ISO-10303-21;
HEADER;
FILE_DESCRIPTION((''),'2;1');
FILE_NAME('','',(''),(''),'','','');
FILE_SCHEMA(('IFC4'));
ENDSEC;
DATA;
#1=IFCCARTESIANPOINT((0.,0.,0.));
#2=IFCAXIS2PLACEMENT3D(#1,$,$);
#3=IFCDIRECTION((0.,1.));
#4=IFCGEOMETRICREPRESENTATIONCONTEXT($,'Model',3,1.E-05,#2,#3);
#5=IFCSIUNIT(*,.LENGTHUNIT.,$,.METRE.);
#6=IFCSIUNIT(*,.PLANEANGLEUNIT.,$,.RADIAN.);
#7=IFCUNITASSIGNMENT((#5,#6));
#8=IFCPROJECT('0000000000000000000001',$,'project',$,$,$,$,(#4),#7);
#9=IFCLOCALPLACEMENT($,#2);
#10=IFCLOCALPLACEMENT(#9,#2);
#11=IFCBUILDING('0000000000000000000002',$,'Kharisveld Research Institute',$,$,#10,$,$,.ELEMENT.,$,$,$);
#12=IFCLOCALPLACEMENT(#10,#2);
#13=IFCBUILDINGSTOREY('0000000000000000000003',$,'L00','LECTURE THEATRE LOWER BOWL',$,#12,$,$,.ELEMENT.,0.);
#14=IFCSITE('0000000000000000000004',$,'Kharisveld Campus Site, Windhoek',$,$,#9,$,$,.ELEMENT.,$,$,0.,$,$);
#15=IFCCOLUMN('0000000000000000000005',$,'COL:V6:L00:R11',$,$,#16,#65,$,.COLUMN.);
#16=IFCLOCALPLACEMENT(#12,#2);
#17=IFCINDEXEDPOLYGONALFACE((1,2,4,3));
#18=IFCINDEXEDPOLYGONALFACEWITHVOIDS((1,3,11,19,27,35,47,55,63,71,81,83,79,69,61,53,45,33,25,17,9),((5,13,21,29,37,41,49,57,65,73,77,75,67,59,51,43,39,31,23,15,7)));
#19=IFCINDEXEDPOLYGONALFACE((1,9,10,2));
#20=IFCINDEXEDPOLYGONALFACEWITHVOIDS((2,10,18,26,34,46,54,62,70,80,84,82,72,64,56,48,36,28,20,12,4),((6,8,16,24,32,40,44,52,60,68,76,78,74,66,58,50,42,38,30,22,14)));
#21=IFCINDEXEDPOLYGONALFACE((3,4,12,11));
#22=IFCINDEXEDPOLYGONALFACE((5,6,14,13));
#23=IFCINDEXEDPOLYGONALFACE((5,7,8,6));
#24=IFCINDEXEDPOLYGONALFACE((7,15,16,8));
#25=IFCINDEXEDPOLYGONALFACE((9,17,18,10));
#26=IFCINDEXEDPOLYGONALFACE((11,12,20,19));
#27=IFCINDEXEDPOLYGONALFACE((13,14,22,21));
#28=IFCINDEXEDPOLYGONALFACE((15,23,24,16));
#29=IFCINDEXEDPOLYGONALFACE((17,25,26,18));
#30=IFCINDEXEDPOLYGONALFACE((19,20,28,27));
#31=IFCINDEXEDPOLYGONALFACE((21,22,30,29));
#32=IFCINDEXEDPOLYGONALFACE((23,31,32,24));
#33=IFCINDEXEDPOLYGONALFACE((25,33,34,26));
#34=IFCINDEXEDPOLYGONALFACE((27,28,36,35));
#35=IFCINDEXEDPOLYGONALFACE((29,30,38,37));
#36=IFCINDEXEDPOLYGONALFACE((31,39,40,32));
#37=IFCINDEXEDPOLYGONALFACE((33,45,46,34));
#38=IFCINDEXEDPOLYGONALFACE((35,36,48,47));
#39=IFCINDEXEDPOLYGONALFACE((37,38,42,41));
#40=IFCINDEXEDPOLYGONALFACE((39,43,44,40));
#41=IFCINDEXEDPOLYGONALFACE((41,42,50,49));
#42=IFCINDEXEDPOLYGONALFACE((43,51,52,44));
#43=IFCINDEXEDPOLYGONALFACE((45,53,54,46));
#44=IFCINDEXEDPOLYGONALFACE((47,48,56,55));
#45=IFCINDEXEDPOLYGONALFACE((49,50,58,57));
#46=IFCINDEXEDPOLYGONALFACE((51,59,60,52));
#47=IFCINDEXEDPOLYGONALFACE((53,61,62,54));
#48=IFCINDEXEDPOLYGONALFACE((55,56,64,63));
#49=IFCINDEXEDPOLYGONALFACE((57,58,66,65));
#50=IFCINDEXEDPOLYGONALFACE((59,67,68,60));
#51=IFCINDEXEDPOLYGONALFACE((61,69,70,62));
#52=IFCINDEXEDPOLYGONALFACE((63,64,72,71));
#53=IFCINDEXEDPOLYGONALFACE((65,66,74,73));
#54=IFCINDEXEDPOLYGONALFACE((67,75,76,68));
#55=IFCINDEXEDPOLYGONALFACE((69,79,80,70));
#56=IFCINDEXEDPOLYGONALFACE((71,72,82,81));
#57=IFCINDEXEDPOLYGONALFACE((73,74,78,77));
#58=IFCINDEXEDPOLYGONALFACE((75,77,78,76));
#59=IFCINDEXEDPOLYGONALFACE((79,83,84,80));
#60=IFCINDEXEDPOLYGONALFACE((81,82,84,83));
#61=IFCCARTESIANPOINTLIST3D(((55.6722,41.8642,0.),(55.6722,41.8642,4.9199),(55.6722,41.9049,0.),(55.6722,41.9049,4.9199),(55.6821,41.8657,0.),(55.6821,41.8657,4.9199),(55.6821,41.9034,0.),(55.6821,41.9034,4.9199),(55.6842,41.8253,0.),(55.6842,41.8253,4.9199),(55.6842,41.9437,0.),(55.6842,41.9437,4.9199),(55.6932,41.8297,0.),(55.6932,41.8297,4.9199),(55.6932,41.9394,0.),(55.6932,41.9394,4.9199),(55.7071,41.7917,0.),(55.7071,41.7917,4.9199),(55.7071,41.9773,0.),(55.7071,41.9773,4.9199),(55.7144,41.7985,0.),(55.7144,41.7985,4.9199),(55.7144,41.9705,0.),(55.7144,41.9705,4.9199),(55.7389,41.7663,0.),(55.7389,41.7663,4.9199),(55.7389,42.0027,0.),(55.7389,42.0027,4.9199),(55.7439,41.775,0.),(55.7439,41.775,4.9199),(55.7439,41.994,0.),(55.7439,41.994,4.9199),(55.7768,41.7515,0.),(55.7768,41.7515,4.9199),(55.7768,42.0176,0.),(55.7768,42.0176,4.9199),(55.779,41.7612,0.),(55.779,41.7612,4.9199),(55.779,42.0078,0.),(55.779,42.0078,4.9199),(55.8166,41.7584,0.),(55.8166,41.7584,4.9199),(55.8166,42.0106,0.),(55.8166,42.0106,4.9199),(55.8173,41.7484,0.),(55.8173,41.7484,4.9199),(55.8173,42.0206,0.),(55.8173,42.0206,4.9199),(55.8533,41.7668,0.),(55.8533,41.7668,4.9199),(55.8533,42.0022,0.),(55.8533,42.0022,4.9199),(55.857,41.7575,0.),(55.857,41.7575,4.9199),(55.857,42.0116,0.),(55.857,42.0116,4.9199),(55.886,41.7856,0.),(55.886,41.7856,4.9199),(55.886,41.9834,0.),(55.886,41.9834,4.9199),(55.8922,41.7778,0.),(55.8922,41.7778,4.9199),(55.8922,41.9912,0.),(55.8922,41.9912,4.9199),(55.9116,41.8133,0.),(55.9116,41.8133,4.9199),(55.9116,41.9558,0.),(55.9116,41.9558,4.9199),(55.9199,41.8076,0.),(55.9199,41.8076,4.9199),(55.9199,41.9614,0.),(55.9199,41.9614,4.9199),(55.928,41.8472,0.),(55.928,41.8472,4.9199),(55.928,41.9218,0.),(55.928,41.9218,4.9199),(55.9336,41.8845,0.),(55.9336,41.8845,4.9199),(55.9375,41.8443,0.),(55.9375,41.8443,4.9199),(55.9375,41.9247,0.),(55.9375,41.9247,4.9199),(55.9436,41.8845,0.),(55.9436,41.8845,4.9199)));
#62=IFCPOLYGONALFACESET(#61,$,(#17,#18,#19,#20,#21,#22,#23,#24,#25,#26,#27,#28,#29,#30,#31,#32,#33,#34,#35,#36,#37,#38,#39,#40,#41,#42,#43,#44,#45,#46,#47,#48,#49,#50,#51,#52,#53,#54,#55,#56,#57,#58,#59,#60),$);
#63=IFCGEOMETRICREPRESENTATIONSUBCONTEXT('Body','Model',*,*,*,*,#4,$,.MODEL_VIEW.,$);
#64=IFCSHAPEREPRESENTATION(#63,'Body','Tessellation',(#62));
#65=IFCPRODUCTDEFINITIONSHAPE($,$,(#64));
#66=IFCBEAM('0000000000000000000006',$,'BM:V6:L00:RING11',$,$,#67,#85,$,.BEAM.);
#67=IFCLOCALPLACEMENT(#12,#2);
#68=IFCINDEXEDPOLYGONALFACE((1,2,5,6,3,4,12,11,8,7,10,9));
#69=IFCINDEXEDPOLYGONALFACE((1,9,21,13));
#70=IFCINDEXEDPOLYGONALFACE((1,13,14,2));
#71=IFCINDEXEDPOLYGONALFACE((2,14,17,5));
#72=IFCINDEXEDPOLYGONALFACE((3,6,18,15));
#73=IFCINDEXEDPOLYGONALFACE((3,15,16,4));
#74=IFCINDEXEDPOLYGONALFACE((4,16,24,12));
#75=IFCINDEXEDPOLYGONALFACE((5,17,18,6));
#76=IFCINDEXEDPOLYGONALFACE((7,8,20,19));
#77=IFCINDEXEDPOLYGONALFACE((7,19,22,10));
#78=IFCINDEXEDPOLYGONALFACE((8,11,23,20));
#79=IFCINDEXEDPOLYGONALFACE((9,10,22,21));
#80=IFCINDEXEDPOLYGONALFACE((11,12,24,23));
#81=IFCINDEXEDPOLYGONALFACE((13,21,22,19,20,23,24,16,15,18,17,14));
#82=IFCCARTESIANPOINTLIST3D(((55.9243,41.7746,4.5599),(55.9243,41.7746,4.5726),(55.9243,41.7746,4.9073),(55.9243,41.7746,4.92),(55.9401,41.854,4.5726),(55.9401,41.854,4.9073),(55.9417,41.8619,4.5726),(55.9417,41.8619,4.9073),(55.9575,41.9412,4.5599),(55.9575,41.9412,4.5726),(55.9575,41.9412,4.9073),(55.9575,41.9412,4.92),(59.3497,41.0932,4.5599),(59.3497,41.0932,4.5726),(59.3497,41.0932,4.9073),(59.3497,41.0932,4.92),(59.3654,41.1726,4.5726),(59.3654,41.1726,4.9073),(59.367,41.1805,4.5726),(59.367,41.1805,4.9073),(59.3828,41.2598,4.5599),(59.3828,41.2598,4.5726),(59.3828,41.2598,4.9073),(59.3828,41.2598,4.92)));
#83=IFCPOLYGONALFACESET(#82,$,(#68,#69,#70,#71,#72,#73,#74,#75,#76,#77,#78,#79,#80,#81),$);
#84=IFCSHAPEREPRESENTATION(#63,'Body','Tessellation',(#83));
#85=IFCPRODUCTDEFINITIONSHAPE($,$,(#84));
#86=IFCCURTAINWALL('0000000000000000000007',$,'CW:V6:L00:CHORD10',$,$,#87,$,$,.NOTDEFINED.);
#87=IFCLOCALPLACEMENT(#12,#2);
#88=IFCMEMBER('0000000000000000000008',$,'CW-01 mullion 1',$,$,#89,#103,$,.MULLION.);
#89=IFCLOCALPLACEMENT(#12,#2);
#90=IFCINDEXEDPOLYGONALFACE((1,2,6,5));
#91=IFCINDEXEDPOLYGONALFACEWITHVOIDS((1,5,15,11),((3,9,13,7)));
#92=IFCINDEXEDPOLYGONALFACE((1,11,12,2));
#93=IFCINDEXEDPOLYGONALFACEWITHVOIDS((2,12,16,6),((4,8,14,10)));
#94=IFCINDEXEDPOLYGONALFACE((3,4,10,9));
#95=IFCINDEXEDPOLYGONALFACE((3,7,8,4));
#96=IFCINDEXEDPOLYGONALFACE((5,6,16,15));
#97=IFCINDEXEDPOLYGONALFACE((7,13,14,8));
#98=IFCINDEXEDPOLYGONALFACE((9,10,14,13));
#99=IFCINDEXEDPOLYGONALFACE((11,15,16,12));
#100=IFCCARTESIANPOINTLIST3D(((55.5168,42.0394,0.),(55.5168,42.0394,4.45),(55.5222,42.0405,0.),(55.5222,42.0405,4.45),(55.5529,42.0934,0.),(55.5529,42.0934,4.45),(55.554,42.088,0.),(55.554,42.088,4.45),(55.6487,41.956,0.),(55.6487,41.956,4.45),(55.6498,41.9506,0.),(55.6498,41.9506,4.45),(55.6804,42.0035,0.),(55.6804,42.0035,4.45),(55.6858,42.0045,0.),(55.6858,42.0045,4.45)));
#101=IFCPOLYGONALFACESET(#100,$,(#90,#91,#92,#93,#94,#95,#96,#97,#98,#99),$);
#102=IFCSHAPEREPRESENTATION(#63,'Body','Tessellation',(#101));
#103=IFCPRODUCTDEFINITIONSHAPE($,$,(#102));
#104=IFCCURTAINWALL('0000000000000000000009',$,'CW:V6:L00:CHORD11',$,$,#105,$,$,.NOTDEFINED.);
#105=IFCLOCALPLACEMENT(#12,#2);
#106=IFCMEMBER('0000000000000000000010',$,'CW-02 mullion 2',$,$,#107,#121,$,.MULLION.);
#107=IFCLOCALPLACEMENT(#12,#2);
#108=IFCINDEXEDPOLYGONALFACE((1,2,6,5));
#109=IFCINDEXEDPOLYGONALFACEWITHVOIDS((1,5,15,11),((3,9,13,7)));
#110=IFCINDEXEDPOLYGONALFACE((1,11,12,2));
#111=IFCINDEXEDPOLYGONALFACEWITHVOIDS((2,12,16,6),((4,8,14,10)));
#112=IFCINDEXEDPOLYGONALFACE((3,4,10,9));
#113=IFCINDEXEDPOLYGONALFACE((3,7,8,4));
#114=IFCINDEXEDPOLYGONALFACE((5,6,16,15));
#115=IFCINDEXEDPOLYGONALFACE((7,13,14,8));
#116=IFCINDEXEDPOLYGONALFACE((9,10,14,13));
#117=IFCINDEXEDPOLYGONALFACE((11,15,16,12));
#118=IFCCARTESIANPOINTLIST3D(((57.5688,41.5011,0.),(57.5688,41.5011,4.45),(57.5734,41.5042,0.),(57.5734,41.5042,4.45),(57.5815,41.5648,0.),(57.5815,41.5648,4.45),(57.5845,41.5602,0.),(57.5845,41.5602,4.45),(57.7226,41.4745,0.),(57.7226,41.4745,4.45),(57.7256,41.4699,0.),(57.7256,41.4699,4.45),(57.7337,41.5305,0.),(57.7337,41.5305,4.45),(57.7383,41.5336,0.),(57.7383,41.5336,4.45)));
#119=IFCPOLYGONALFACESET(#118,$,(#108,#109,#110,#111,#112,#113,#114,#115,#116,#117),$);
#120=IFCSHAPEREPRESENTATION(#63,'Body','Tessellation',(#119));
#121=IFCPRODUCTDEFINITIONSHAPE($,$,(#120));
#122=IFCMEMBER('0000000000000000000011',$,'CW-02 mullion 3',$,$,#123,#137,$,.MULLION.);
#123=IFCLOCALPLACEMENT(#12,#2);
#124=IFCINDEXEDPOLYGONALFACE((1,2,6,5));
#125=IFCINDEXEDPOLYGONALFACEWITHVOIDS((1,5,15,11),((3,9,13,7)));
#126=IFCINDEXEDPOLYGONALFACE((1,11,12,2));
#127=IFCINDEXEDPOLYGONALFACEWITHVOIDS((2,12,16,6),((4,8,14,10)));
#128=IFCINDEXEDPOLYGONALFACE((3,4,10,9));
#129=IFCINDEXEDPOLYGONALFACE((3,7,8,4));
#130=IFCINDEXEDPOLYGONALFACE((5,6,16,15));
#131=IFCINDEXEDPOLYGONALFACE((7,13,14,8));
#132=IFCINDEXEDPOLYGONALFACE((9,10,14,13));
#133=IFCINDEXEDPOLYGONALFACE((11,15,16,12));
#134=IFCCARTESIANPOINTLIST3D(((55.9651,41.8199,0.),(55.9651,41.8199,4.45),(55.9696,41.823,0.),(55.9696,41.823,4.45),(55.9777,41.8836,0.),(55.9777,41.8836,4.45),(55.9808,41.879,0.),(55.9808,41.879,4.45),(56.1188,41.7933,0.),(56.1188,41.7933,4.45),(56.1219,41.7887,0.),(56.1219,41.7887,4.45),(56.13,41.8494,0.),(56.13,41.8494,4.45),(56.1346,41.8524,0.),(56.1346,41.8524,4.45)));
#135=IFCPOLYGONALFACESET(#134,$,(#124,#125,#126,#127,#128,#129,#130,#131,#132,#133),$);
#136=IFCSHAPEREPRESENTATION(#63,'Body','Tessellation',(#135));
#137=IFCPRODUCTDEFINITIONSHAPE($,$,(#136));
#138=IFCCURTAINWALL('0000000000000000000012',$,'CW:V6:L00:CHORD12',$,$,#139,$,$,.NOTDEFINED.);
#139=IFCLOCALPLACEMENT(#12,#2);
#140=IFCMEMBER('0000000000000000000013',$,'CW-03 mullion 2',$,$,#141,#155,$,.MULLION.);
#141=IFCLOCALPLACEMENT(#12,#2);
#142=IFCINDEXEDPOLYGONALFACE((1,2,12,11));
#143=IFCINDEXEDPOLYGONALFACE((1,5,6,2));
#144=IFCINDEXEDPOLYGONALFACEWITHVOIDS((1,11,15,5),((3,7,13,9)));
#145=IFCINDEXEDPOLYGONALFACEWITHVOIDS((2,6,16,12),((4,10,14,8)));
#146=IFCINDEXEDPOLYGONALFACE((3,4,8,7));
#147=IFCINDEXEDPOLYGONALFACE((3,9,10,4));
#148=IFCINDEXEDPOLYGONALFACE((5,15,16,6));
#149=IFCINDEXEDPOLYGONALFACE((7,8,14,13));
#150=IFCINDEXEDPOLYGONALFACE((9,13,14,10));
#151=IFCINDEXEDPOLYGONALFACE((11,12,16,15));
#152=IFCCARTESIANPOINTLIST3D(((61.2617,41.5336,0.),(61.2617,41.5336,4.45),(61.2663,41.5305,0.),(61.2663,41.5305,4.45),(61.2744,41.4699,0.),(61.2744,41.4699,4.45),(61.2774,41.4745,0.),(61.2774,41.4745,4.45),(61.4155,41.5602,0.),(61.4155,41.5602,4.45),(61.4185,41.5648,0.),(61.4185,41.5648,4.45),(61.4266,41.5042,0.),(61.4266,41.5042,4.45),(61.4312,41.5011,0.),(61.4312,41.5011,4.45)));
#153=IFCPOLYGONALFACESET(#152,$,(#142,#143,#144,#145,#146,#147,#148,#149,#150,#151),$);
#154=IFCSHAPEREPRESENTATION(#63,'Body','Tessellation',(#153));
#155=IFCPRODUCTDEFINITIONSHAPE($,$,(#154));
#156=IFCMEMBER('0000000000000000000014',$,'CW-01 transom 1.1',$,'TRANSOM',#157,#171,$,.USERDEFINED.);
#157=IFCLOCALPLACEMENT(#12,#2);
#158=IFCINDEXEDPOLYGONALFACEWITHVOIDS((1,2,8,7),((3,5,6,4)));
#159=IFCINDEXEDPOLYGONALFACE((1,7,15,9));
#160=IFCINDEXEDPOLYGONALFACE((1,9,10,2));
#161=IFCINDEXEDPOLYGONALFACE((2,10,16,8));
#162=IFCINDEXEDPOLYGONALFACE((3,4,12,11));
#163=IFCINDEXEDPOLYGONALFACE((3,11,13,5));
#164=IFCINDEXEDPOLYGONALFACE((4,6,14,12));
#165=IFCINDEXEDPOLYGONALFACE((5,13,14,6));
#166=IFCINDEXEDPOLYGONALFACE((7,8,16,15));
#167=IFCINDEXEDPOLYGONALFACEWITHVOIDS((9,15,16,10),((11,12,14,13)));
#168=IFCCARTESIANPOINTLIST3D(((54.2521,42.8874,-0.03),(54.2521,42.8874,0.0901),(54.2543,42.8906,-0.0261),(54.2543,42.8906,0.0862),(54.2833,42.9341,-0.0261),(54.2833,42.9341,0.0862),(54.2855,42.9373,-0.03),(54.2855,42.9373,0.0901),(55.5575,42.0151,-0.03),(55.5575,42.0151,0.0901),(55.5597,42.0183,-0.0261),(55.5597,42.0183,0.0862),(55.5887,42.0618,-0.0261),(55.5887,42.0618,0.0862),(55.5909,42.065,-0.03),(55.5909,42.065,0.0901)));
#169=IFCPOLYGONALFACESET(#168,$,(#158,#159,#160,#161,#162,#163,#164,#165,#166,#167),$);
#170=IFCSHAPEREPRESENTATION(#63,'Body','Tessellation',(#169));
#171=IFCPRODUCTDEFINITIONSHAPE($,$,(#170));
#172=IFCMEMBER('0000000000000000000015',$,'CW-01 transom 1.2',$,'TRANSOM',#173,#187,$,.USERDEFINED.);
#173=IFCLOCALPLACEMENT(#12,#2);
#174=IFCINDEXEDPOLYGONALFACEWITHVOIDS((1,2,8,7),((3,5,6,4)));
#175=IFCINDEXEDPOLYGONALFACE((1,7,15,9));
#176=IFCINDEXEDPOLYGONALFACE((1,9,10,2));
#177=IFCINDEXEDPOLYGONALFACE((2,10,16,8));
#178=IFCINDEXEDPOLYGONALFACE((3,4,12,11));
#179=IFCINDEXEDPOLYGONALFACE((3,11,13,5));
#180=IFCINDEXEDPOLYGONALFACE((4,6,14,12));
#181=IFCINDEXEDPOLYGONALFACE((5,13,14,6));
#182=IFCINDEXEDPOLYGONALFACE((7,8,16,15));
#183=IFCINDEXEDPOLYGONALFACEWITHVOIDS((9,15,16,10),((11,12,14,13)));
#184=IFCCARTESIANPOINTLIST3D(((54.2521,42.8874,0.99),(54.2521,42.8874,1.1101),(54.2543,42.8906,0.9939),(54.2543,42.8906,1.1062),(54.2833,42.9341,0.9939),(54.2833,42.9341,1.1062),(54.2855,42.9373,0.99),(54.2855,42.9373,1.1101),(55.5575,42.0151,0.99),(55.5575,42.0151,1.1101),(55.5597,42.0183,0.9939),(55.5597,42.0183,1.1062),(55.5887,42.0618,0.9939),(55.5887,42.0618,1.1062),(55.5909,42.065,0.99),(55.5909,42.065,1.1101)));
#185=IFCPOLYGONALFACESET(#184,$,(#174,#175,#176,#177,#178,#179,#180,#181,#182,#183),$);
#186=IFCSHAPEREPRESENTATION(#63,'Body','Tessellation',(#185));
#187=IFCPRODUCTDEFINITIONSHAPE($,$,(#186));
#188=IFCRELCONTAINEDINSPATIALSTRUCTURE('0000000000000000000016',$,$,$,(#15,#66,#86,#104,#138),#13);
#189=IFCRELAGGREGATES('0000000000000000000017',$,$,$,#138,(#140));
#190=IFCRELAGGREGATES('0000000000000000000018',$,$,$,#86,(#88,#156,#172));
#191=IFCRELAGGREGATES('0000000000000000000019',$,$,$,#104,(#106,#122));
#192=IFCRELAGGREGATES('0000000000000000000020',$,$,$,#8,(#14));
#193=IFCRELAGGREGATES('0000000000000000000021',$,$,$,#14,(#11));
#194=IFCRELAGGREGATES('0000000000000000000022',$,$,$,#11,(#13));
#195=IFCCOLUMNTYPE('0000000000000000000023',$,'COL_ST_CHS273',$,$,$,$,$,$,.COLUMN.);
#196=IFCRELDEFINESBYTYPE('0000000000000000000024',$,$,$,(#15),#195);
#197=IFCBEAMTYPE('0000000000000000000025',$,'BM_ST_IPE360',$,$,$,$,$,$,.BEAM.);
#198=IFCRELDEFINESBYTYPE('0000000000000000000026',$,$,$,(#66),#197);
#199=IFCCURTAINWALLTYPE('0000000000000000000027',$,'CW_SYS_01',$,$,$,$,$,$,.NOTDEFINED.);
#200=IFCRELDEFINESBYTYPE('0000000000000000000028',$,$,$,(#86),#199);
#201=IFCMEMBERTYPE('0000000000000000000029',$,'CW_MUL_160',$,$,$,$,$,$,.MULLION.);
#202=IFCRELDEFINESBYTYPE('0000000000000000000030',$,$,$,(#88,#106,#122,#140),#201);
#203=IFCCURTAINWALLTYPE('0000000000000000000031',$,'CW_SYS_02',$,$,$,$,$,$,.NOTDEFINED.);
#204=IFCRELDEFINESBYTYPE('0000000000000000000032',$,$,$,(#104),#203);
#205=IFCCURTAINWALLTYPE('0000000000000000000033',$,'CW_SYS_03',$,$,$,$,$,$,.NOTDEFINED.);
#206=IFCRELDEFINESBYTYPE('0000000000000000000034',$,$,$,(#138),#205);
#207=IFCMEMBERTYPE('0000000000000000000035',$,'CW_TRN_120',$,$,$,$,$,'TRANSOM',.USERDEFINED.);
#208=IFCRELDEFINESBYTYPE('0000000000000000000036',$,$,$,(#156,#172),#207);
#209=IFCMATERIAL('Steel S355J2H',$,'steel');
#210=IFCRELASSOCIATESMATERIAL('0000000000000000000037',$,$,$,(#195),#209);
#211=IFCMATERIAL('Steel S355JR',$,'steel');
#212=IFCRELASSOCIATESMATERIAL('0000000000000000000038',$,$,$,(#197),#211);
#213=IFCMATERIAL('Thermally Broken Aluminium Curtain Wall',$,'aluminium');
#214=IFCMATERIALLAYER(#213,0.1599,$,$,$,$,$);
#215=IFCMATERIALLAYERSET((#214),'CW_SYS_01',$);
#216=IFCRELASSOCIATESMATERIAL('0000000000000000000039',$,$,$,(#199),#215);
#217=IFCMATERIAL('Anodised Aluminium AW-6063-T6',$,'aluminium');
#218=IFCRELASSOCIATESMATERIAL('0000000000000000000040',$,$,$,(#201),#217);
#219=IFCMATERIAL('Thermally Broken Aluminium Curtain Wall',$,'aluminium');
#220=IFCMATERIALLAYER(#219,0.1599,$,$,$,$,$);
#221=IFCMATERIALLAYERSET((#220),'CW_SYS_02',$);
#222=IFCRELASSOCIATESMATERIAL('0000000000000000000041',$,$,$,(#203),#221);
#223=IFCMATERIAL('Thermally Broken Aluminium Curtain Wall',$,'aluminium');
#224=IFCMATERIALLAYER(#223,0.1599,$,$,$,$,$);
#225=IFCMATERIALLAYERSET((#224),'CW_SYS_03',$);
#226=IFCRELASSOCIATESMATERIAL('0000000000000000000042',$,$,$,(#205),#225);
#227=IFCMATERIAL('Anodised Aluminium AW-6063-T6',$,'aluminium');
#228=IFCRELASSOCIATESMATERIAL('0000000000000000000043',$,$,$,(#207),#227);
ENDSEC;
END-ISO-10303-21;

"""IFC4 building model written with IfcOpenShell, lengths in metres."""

from ifc_helpers import new_model, si_unit, direction, frame, origin, origin_2d, place, context, subcontext, project, spatial, hollow_rectangle, hollow_circle, i_section, extrude, material, layer, layer_set, material_profile, profile_set, type_object, element, aggregate, save


model = new_model("IFC4")

# Units and contexts
model_context = context("Model", 3, precision=1e-05, world=origin(), true_north=direction((0.0, 1.0)))
body_context = subcontext(model_context, "Body", "Model", "MODEL_VIEW")
ifc_project = project(units=[si_unit("LENGTHUNIT", "METRE"), si_unit("PLANEANGLEUNIT", "RADIAN")], contexts=[model_context])

# Site, building, storey
site_placement = place(None, origin())
site = spatial("IfcSite", under=ifc_project, at=site_placement, Name="Kharisveld Campus Site, Windhoek", CompositionType="ELEMENT", RefElevation=0.0)
building_placement = place(site_placement, origin())
building = spatial("IfcBuilding", under=site, at=building_placement, Name="Kharisveld Research Institute", CompositionType="ELEMENT")
storey_placement = place(building_placement, origin())
storey = spatial("IfcBuildingStorey", under=building, at=storey_placement, Name="L00", Description="LECTURE THEATRE LOWER BOWL", CompositionType="ELEMENT", Elevation=0.0)

# Column
ifc_material_1 = material(Name="Steel S355J2H", Category="steel")
ifc_material_profile_1 = material_profile(ifc_material_1, hollow_circle(Radius=0.1365, WallThickness=0.01, at=origin_2d()))
ifc_profile_set_1 = profile_set([ifc_material_profile_1], Name="Steel S355J2H")
column_type = type_object("IfcColumnType", Name="COL_ST_CHS273", PredefinedType="COLUMN", material=ifc_profile_set_1)
column_placement = place(storey_placement, frame((55.8071, 41.8845, 0.0), z_axis=(0.0, 0.0, 1.0), x_axis=(1.0, 0.0, 0.0)))
element("IfcColumn", 1, at=column_placement, inside=storey, type_object=column_type, Name="COL:V6:L00:R11", PredefinedType="COLUMN", context=body_context, shape_type="SweptSolid", body=[
    extrude(hollow_circle(Radius=0.1365, WallThickness=0.01, at=origin_2d()), origin(), (0.0, 0.0, 1.0), 4.9199),
])

# Beam
ifc_material_2 = material(Name="Steel S355JR", Category="steel")
ifc_material_profile_2 = material_profile(ifc_material_2, i_section(OverallWidth=0.1699, OverallDepth=0.3601, WebThickness=0.0081, FlangeThickness=0.0127, at=origin_2d()))
ifc_profile_set_2 = profile_set([ifc_material_profile_2], Name="Steel S355JR")
beam_type = type_object("IfcBeamType", Name="BM_ST_IPE360", PredefinedType="BEAM", material=ifc_profile_set_2)
beam_placement = place(storey_placement, frame((55.9409, 41.8579, 4.74), z_axis=(0.980782, -0.195108, 0.0), x_axis=(0.195108, 0.980782, 0.0)))
element("IfcBeam", 2, at=beam_placement, inside=storey, type_object=beam_type, Name="BM:V6:L00:RING11", PredefinedType="BEAM", context=body_context, shape_type="SweptSolid", body=[
    extrude(i_section(OverallWidth=0.1699, OverallDepth=0.3601, WebThickness=0.0081, FlangeThickness=0.0127, at=origin_2d()), origin(), (0.0, 0.0, 1.0), 3.4924),
])

# Curtain wall, member
ifc_material_3 = material(Name="Thermally Broken Aluminium Curtain Wall", Category="aluminium")
ifc_layer_1 = layer(ifc_material_3, 0.1599)
ifc_layer_set_1 = layer_set([ifc_layer_1], Name="CW_SYS_01")
curtain_wall_type_1 = type_object("IfcCurtainWallType", Name="CW_SYS_01", PredefinedType="NOTDEFINED", material=ifc_layer_set_1)
curtain_wall_1_placement = place(storey_placement, origin())
curtain_wall_1 = element("IfcCurtainWall", 3, at=curtain_wall_1_placement, inside=storey, type_object=curtain_wall_type_1, Name="CW:V6:L00:CHORD10", PredefinedType="NOTDEFINED")
ifc_material_4 = material(Name="Anodised Aluminium AW-6063-T6", Category="aluminium")
ifc_material_profile_3 = material_profile(ifc_material_4, hollow_rectangle(XDim=0.0649, YDim=0.1599, WallThickness=0.0039, at=origin_2d()))
ifc_profile_set_3 = profile_set([ifc_material_profile_3], Name="Anodised Aluminium AW-6063-T6")
member_type_1 = type_object("IfcMemberType", Name="CW_MUL_160", PredefinedType="MULLION", material=ifc_profile_set_3)
member_1_placement = place(storey_placement, frame((55.6013, 42.022, 0.0), z_axis=(0.0, 0.0, 1.0), x_axis=(-0.55557, -0.83147, 0.0)))
member_1 = element("IfcMember", 4, at=member_1_placement, type_object=member_type_1, Name="CW-01 mullion 1", PredefinedType="MULLION", context=body_context, shape_type="SweptSolid", body=[
    extrude(hollow_rectangle(XDim=0.0649, YDim=0.1599, WallThickness=0.0039, at=origin_2d()), origin(), (0.0, 0.0, 1.0), 4.45),
])

# Curtain wall, members
ifc_material_5 = material(Name="Thermally Broken Aluminium Curtain Wall", Category="aluminium")
ifc_layer_2 = layer(ifc_material_5, 0.1599)
ifc_layer_set_2 = layer_set([ifc_layer_2], Name="CW_SYS_02")
curtain_wall_type_2 = type_object("IfcCurtainWallType", Name="CW_SYS_02", PredefinedType="NOTDEFINED", material=ifc_layer_set_2)
curtain_wall_2_placement = place(storey_placement, origin())
curtain_wall_2 = element("IfcCurtainWall", 5, at=curtain_wall_2_placement, inside=storey, type_object=curtain_wall_type_2, Name="CW:V6:L00:CHORD11", PredefinedType="NOTDEFINED")
member_2_placement = place(storey_placement, frame((57.6536, 41.5173, 0.0), z_axis=(0.0, 0.0, 1.0), x_axis=(-0.195091, -0.980785, 0.0)))
member_2 = element("IfcMember", 6, at=member_2_placement, type_object=member_type_1, Name="CW-02 mullion 2", PredefinedType="MULLION", context=body_context, shape_type="SweptSolid", body=[
    extrude(hollow_rectangle(XDim=0.0649, YDim=0.1599, WallThickness=0.0039, at=origin_2d()), origin(), (0.0, 0.0, 1.0), 4.45),
])
member_3_placement = place(storey_placement, frame((56.0498, 41.8362, 0.0), z_axis=(0.0, 0.0, 1.0), x_axis=(-0.195091, -0.980785, 0.0)))
member_3 = element("IfcMember", 7, at=member_3_placement, type_object=member_type_1, Name="CW-02 mullion 3", PredefinedType="MULLION", context=body_context, shape_type="SweptSolid", body=[
    extrude(hollow_rectangle(XDim=0.0649, YDim=0.1599, WallThickness=0.0039, at=origin_2d()), origin(), (0.0, 0.0, 1.0), 4.45),
])

# Curtain wall, member
ifc_material_6 = material(Name="Thermally Broken Aluminium Curtain Wall", Category="aluminium")
ifc_layer_3 = layer(ifc_material_6, 0.1599)
ifc_layer_set_3 = layer_set([ifc_layer_3], Name="CW_SYS_03")
curtain_wall_type_3 = type_object("IfcCurtainWallType", Name="CW_SYS_03", PredefinedType="NOTDEFINED", material=ifc_layer_set_3)
curtain_wall_3_placement = place(storey_placement, origin())
curtain_wall_3 = element("IfcCurtainWall", 8, at=curtain_wall_3_placement, inside=storey, type_object=curtain_wall_type_3, Name="CW:V6:L00:CHORD12", PredefinedType="NOTDEFINED")
member_4_placement = place(storey_placement, frame((61.3464, 41.5173, 0.0), z_axis=(0.0, 0.0, 1.0), x_axis=(0.195091, -0.980785, 0.0)))
member_4 = element("IfcMember", 9, at=member_4_placement, type_object=member_type_1, Name="CW-03 mullion 2", PredefinedType="MULLION", context=body_context, shape_type="SweptSolid", body=[
    extrude(hollow_rectangle(XDim=0.0649, YDim=0.1599, WallThickness=0.0039, at=origin_2d()), origin(), (0.0, 0.0, 1.0), 4.45),
])

# Members
ifc_material_7 = material(Name="Anodised Aluminium AW-6063-T6", Category="aluminium")
ifc_material_profile_4 = material_profile(ifc_material_7, hollow_rectangle(XDim=0.0601, YDim=0.1201, WallThickness=0.0039, at=origin_2d()))
ifc_profile_set_4 = profile_set([ifc_material_profile_4], Name="Anodised Aluminium AW-6063-T6")
member_type_2 = type_object("IfcMemberType", Name="CW_TRN_120", ElementType="TRANSOM", PredefinedType="USERDEFINED", material=ifc_profile_set_4)
member_5_placement = place(storey_placement, frame((55.5742, 42.04, 0.03), z_axis=(-0.831452, 0.555597, 0.0), x_axis=(-0.555597, -0.831452, 0.0)))
member_5 = element("IfcMember", 10, at=member_5_placement, type_object=member_type_2, Name="CW-01 transom 1.1", ObjectType="TRANSOM", PredefinedType="USERDEFINED", context=body_context, shape_type="SweptSolid", body=[
    extrude(hollow_rectangle(XDim=0.0601, YDim=0.1201, WallThickness=0.0039, at=origin_2d()), origin(), (0.0, 0.0, 1.0), 1.5701),
])
member_6_placement = place(storey_placement, frame((55.5742, 42.04, 1.05), z_axis=(-0.831452, 0.555597, 0.0), x_axis=(-0.555597, -0.831452, 0.0)))
member_6 = element("IfcMember", 11, at=member_6_placement, type_object=member_type_2, Name="CW-01 transom 1.2", ObjectType="TRANSOM", PredefinedType="USERDEFINED", context=body_context, shape_type="SweptSolid", body=[
    extrude(hollow_rectangle(XDim=0.0601, YDim=0.1201, WallThickness=0.0039, at=origin_2d()), origin(), (0.0, 0.0, 1.0), 1.5701),
])
aggregate(curtain_wall_3, [member_4])

aggregate(curtain_wall_1, [member_1, member_5, member_6])
aggregate(curtain_wall_2, [member_2, member_3])

save(model, "model.ifc")
